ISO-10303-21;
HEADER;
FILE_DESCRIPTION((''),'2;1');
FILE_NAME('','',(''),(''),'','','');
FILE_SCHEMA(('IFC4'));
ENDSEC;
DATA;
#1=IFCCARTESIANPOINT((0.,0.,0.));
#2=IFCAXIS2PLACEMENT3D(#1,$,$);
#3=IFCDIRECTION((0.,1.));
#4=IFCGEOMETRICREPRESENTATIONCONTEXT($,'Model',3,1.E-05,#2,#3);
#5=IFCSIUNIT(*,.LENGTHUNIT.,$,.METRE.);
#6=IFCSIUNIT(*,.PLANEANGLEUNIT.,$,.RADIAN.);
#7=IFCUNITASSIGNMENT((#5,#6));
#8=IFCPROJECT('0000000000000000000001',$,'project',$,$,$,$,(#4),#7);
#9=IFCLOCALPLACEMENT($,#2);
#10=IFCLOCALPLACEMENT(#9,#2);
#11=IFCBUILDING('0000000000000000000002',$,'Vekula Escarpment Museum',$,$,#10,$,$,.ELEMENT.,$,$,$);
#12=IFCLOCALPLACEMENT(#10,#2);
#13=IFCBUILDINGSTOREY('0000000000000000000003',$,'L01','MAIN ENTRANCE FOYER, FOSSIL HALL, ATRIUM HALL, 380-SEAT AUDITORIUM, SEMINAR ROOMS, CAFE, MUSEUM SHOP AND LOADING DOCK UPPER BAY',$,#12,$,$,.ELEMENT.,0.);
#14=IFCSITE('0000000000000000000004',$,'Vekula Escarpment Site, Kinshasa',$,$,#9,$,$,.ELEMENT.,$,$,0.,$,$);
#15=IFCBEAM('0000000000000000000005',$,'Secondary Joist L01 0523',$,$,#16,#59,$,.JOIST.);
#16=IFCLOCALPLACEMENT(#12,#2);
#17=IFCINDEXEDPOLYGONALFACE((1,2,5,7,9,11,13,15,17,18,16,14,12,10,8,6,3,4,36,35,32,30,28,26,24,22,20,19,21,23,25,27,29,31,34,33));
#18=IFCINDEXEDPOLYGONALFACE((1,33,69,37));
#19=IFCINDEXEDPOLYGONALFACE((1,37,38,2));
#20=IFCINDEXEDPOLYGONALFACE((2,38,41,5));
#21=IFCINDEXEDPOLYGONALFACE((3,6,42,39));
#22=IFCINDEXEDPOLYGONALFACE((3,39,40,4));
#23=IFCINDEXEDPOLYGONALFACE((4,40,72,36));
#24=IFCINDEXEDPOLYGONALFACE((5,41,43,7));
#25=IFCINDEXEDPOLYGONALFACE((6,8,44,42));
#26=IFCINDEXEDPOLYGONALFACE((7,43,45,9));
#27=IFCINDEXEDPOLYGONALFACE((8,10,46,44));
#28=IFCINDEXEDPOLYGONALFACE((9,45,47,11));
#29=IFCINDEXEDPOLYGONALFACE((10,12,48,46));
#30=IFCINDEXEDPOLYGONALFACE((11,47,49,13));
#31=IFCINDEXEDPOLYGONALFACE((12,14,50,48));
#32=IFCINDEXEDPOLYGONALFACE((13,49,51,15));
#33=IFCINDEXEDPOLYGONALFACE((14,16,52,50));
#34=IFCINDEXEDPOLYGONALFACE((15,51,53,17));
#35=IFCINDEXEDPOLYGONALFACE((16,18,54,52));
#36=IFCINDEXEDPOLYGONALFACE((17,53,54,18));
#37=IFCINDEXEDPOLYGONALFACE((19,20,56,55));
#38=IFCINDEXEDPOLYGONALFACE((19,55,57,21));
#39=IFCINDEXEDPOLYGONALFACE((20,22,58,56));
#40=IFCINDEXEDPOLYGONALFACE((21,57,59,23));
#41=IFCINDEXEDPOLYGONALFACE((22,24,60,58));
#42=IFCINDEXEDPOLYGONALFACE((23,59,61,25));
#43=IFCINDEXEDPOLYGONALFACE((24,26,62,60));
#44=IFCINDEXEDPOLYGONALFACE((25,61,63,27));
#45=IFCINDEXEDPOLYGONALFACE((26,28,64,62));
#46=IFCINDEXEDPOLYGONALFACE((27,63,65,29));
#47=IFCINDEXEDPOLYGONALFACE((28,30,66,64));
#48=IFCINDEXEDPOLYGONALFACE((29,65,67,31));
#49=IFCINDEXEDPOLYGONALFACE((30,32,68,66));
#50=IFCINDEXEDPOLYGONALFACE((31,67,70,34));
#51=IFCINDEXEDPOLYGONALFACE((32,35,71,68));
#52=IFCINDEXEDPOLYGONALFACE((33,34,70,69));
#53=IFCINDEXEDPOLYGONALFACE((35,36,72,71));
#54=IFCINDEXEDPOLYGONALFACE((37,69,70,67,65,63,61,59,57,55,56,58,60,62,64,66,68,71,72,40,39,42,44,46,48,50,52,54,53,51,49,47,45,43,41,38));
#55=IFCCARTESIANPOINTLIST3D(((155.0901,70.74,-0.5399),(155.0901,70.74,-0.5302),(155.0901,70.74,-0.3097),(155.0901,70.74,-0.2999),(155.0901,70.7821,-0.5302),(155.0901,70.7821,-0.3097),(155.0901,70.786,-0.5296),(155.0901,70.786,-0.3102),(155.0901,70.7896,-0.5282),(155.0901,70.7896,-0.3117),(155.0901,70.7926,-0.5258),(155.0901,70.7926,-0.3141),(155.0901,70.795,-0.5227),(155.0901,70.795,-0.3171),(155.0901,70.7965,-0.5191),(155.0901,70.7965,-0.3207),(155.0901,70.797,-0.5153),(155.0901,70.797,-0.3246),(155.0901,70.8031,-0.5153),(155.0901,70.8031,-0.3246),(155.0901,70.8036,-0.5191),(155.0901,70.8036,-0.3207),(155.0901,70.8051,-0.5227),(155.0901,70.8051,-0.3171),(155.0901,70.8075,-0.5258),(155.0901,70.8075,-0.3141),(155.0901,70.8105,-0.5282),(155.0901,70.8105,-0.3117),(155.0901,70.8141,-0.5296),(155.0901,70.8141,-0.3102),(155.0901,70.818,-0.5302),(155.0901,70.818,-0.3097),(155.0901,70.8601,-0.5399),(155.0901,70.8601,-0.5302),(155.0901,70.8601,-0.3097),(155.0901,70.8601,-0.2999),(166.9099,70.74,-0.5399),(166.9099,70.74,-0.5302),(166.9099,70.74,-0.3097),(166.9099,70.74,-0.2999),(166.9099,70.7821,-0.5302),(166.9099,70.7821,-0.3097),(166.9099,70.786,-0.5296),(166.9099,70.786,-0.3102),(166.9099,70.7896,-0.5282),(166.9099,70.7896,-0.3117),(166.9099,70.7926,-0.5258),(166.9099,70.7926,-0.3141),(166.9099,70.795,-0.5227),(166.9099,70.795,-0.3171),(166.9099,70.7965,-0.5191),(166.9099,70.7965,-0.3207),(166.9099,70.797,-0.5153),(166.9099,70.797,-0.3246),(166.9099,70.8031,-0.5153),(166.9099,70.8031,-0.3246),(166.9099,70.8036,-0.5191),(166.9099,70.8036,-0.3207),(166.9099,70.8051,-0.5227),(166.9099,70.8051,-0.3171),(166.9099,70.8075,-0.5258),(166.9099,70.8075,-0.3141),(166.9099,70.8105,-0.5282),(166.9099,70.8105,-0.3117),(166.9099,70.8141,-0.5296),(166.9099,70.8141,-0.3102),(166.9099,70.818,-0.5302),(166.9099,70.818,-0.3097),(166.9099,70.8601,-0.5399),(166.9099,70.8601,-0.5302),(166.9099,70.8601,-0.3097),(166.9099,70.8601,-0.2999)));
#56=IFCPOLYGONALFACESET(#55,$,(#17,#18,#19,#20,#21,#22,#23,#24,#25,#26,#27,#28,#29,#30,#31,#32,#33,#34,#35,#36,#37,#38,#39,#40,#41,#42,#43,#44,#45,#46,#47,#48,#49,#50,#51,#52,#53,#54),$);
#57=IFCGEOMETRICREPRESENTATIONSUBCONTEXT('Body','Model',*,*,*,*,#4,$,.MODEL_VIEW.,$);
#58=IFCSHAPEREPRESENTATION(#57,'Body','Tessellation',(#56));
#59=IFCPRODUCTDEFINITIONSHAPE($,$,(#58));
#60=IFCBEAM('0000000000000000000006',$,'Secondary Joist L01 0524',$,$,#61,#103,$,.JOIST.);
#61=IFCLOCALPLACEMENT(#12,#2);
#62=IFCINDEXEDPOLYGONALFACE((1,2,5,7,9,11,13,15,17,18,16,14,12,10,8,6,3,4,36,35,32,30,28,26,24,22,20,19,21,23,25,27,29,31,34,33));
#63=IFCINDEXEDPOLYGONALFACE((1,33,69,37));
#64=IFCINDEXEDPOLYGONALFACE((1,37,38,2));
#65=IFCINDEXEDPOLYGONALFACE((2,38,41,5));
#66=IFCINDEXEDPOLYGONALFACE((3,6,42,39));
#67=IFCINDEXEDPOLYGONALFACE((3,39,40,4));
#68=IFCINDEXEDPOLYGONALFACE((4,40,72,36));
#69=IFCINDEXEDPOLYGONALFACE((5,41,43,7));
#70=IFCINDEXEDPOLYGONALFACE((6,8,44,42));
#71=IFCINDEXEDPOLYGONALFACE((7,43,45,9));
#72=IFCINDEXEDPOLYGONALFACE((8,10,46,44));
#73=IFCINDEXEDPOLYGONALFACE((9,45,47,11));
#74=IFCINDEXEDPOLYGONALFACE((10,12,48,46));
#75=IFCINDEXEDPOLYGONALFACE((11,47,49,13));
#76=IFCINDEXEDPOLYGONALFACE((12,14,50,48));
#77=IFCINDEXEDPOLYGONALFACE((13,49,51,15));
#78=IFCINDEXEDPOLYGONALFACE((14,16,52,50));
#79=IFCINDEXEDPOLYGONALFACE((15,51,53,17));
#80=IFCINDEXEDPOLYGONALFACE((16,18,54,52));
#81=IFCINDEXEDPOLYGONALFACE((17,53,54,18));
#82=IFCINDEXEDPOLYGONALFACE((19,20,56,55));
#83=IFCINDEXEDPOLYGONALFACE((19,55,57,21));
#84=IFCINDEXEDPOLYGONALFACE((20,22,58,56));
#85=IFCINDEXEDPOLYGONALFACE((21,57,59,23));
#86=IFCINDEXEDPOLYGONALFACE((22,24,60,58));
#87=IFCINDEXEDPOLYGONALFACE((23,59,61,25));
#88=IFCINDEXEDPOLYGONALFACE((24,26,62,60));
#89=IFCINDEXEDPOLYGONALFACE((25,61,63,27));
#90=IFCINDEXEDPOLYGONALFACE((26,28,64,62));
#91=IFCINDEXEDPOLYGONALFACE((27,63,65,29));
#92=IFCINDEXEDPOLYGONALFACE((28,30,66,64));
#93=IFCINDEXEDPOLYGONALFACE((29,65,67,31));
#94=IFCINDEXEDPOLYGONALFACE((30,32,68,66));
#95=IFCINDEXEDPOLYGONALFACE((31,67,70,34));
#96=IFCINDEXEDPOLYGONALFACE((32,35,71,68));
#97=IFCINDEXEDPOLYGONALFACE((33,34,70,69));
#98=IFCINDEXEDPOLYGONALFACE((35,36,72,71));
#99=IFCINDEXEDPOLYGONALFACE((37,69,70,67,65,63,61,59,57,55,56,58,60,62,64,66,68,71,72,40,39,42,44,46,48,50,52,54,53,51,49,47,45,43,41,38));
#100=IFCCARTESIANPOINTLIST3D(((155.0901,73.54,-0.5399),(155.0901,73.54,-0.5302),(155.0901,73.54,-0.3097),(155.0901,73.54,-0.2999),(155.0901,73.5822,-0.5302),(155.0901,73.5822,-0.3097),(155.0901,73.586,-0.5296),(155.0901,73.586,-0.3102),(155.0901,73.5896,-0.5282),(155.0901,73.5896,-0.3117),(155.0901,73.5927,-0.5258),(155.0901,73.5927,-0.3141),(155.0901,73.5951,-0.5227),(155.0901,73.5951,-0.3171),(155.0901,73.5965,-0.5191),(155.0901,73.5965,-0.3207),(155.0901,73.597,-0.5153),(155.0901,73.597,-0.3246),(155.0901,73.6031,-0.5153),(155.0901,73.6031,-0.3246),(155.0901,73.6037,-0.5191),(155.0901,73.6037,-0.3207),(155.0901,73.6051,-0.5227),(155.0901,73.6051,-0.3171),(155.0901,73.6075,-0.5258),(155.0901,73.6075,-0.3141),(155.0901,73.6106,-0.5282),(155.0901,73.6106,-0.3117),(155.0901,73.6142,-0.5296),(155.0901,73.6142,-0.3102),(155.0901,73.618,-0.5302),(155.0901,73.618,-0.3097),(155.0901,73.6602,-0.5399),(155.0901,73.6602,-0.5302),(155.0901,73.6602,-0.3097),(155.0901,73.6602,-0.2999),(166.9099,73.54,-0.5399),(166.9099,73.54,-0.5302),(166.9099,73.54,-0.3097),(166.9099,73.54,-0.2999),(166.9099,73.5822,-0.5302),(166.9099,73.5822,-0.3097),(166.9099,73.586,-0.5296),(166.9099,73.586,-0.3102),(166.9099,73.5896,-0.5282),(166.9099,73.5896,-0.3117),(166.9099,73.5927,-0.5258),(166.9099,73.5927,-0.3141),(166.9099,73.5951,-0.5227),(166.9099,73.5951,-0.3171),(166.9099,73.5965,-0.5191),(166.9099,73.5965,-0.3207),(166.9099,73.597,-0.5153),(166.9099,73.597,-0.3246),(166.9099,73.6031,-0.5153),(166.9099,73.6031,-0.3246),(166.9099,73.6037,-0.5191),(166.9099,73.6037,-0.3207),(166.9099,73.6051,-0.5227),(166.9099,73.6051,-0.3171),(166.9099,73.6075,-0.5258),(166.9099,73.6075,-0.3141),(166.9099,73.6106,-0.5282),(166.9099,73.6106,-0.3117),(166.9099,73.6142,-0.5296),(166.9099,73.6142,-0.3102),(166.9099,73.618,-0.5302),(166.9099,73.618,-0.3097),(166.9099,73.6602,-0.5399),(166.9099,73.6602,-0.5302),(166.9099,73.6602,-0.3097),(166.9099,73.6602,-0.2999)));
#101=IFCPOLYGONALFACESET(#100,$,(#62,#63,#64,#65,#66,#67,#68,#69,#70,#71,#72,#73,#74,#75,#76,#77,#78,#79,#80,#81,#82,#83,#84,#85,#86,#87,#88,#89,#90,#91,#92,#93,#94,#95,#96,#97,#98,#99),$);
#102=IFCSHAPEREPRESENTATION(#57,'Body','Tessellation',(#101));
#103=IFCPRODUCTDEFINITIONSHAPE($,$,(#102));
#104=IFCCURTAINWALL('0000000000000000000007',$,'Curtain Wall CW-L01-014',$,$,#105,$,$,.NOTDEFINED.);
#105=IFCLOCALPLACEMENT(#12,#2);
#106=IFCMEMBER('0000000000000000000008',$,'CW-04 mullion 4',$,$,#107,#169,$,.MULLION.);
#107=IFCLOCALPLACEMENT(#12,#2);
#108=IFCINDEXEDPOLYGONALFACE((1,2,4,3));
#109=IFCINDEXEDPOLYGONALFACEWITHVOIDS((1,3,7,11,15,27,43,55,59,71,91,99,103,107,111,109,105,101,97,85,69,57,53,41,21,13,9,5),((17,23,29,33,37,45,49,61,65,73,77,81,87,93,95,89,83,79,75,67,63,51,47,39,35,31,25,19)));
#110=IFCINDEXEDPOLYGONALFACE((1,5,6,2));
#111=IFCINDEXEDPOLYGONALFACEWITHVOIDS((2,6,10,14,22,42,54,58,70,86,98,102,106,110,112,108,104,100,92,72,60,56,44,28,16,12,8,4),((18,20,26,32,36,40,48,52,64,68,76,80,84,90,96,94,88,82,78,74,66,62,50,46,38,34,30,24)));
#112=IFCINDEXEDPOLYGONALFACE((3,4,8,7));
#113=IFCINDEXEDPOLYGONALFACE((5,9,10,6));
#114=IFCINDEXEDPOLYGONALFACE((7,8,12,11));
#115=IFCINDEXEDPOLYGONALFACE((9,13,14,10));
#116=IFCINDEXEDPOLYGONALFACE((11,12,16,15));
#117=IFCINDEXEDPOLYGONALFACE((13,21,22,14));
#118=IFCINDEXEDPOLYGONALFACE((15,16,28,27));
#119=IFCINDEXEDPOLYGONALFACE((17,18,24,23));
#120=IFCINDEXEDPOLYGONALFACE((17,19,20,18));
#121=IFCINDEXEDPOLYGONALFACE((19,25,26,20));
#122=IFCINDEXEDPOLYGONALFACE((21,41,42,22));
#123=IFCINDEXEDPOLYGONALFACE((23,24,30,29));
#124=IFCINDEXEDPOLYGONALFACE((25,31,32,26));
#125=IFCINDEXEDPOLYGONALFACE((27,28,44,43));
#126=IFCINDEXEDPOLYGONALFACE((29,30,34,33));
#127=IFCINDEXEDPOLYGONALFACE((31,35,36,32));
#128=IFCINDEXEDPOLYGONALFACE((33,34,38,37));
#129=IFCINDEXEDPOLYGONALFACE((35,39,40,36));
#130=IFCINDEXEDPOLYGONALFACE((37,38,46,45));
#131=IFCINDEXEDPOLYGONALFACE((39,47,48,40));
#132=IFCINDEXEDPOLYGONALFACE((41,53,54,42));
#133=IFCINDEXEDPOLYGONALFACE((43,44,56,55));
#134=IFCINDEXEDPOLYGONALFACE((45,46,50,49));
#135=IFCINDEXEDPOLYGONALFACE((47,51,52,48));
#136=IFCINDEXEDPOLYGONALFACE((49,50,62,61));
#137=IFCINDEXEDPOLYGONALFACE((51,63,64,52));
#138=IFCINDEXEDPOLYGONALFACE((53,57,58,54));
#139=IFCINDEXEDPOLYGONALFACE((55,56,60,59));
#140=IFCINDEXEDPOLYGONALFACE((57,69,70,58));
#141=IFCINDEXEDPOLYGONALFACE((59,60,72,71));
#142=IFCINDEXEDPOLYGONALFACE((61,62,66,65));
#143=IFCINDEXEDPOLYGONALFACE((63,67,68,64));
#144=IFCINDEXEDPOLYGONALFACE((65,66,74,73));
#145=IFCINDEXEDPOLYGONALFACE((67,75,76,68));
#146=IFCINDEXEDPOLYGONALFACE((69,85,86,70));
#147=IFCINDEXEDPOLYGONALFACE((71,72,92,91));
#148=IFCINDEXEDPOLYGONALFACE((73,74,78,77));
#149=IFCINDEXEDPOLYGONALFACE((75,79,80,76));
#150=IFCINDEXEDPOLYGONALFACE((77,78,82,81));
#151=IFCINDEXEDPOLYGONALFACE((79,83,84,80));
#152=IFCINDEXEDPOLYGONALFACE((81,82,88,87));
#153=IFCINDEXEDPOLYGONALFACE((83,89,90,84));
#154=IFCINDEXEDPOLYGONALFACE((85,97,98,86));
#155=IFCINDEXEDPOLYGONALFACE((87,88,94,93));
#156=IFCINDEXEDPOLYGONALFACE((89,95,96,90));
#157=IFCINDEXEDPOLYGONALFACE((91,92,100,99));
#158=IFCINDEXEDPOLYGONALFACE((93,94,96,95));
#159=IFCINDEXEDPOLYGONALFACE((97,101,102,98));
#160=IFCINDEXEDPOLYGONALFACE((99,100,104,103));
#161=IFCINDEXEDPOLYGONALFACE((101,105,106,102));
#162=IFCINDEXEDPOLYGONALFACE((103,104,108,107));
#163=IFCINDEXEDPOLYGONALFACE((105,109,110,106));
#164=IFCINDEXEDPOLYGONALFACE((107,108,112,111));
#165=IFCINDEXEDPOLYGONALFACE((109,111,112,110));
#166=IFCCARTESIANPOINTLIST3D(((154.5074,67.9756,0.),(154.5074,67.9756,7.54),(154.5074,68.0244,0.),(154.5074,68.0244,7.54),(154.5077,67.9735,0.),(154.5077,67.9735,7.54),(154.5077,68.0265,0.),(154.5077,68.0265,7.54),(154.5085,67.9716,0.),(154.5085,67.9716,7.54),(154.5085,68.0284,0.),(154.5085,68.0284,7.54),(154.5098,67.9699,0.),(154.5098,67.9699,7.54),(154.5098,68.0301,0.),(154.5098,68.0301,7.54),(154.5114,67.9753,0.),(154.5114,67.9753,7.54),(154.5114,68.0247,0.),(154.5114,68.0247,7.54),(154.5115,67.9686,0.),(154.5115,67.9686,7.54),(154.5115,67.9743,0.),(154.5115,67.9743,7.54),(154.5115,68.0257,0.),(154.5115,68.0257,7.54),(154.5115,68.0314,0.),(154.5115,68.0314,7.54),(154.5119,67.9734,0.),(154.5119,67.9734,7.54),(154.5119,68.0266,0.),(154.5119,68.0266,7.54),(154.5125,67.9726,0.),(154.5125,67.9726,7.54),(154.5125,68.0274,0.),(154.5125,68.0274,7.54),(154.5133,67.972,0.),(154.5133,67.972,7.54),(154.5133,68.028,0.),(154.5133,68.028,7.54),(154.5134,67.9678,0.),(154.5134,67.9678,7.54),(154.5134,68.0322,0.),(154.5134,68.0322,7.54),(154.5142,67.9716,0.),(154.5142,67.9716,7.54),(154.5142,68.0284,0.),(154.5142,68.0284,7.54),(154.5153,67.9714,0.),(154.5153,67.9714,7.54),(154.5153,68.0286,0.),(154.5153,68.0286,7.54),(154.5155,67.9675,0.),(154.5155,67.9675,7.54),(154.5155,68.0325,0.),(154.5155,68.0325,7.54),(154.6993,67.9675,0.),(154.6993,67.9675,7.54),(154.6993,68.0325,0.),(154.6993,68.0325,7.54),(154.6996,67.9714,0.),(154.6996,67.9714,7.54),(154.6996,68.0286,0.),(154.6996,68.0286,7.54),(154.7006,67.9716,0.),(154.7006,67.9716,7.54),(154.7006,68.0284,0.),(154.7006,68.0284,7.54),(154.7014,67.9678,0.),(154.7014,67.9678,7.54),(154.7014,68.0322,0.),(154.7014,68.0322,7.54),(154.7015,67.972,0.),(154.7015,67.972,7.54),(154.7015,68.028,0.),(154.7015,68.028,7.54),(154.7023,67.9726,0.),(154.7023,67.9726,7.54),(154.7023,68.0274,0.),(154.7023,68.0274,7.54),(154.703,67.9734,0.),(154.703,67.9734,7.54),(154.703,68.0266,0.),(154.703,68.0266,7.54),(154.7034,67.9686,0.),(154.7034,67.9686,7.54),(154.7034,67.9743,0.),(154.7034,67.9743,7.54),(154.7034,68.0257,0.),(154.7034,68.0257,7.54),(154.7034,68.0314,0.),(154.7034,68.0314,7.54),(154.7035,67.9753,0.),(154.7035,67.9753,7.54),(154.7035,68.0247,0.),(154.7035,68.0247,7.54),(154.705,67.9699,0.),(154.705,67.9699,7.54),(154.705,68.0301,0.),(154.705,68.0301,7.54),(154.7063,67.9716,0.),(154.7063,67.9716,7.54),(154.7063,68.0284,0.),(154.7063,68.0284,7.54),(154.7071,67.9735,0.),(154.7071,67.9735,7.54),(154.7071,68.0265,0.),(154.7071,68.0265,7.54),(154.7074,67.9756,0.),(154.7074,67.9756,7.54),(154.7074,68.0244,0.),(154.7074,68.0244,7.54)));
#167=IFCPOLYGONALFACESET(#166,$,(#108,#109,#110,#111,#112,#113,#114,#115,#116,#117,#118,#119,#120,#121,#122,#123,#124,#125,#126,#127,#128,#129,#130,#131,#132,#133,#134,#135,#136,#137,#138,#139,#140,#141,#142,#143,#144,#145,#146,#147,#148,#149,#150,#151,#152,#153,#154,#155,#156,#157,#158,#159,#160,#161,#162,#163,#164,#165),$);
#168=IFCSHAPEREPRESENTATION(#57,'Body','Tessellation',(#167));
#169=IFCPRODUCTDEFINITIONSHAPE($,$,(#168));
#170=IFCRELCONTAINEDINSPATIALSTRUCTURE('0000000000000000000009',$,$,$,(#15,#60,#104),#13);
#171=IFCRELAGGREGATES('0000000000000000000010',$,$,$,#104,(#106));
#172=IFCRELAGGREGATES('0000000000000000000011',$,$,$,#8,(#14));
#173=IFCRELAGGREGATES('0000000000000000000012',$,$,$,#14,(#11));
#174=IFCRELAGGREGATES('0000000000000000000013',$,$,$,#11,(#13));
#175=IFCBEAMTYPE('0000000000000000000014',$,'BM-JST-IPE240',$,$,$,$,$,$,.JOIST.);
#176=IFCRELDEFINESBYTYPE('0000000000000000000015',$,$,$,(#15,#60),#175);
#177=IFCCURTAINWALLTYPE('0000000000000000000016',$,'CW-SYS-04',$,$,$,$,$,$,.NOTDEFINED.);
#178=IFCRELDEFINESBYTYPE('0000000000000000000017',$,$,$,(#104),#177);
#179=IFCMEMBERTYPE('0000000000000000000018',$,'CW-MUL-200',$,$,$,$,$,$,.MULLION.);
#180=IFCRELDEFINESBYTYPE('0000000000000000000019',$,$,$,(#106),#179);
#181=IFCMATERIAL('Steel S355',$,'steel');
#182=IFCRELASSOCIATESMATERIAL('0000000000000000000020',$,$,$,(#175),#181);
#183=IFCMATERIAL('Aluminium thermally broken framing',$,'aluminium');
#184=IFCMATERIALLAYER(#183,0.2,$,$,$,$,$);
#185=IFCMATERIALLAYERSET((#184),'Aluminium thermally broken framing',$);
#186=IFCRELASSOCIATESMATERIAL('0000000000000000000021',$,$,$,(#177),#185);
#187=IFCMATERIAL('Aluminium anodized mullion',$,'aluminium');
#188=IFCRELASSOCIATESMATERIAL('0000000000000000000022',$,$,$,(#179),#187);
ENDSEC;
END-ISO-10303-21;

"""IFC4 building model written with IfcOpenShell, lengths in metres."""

from ifc_helpers import new_model, si_unit, direction, frame, origin, origin_2d, place, context, subcontext, project, spatial, hollow_rectangle, i_section, extrude, material, layer, layer_set, material_profile, profile_set, type_object, element, aggregate, save


model = new_model("IFC4")

# Units and contexts
model_context = context("Model", 3, precision=1e-05, world=origin(), true_north=direction((0.0, 1.0)))
body_context = subcontext(model_context, "Body", "Model", "MODEL_VIEW")
ifc_project = project(units=[si_unit("LENGTHUNIT", "METRE"), si_unit("PLANEANGLEUNIT", "RADIAN")], contexts=[model_context])

# Site, building, storey
site_placement = place(None, origin())
site = spatial("IfcSite", under=ifc_project, at=site_placement, Name="Vekula Escarpment Site, Kinshasa", CompositionType="ELEMENT", RefElevation=0.0)
building_placement = place(site_placement, origin())
building = spatial("IfcBuilding", under=site, at=building_placement, Name="Vekula Escarpment Museum", CompositionType="ELEMENT")
storey_placement = place(building_placement, origin())
storey = spatial("IfcBuildingStorey", under=building, at=storey_placement, Name="L01", Description="MAIN ENTRANCE FOYER, FOSSIL HALL, ATRIUM HALL, 380-SEAT AUDITORIUM, SEMINAR ROOMS, CAFE, MUSEUM SHOP AND LOADING DOCK UPPER BAY", CompositionType="ELEMENT", Elevation=0.0)

# Beams
ifc_material_1 = material(Name="Steel S355", Category="steel")
ifc_material_profile_1 = material_profile(ifc_material_1, i_section(OverallWidth=0.1201, OverallDepth=0.24, WebThickness=0.0061, FlangeThickness=0.0098, FilletRadius=0.0149, at=origin_2d()), Name="IPE 240")
ifc_profile_set_1 = profile_set([ifc_material_profile_1], Name="Steel S355")
beam_type_1 = type_object("IfcBeamType", Name="BM-JST-IPE240", PredefinedType="JOIST", material=ifc_profile_set_1)
for number, where, z_axis, x_axis, name in (
    (1, (155.0901, 70.8, -0.4199), (1.0, 0.0, 0.0), (0.0, 1.0, 0.0), "Secondary Joist L01 0523"),
    (2, (155.0901, 73.6001, -0.4199), (1.0, 0.0, 0.0), (0.0, 1.0, 0.0), "Secondary Joist L01 0524"),
):
    element("IfcBeam", number, at=place(storey_placement, frame(where, z_axis=z_axis, x_axis=x_axis)), inside=storey, type_object=beam_type_1, Name=name, PredefinedType="JOIST", context=body_context, shape_type="SweptSolid", body=[
        extrude(i_section(OverallWidth=0.1201, OverallDepth=0.24, WebThickness=0.0061, FlangeThickness=0.0098, FilletRadius=0.0149, at=origin_2d()), origin(), (0.0, 0.0, 1.0), 11.8198),
    ])

# Curtain wall, member
ifc_material_2 = material(Name="Aluminium thermally broken framing", Category="aluminium")
ifc_layer_1 = layer(ifc_material_2, 0.2)
ifc_layer_set_1 = layer_set([ifc_layer_1], Name="Aluminium thermally broken framing")
curtain_wall_type_1 = type_object("IfcCurtainWallType", Name="CW-SYS-04", PredefinedType="NOTDEFINED", material=ifc_layer_set_1)
curtain_wall_1_placement = place(storey_placement, origin())
curtain_wall_1 = element("IfcCurtainWall", 3, at=curtain_wall_1_placement, inside=storey, type_object=curtain_wall_type_1, Name="Curtain Wall CW-L01-014", PredefinedType="NOTDEFINED")
ifc_material_3 = material(Name="Aluminium anodized mullion", Category="aluminium")
ifc_material_profile_2 = material_profile(ifc_material_3, hollow_rectangle(XDim=0.0649, YDim=0.2, WallThickness=0.0039, InnerFilletRadius=0.0039, OuterFilletRadius=0.0081, at=origin_2d()), Name="ALU 200x65x4")
ifc_profile_set_2 = profile_set([ifc_material_profile_2], Name="Aluminium anodized mullion")
member_type_1 = type_object("IfcMemberType", Name="CW-MUL-200", PredefinedType="MULLION", material=ifc_profile_set_2)
member_1_placement = place(storey_placement, frame((154.6074, 68.0, 0.0), z_axis=(0.0, 0.0, 1.0), x_axis=(0.0, 1.0, 0.0)))
member_1 = element("IfcMember", 4, at=member_1_placement, type_object=member_type_1, Name="CW-04 mullion 4", PredefinedType="MULLION", context=body_context, shape_type="SweptSolid", body=[
    extrude(hollow_rectangle(XDim=0.0649, YDim=0.2, WallThickness=0.0039, InnerFilletRadius=0.0039, OuterFilletRadius=0.0081, at=origin_2d()), origin(), (0.0, 0.0, 1.0), 7.54),
])
aggregate(curtain_wall_1, [member_1])

save(model, "model.ifc")
